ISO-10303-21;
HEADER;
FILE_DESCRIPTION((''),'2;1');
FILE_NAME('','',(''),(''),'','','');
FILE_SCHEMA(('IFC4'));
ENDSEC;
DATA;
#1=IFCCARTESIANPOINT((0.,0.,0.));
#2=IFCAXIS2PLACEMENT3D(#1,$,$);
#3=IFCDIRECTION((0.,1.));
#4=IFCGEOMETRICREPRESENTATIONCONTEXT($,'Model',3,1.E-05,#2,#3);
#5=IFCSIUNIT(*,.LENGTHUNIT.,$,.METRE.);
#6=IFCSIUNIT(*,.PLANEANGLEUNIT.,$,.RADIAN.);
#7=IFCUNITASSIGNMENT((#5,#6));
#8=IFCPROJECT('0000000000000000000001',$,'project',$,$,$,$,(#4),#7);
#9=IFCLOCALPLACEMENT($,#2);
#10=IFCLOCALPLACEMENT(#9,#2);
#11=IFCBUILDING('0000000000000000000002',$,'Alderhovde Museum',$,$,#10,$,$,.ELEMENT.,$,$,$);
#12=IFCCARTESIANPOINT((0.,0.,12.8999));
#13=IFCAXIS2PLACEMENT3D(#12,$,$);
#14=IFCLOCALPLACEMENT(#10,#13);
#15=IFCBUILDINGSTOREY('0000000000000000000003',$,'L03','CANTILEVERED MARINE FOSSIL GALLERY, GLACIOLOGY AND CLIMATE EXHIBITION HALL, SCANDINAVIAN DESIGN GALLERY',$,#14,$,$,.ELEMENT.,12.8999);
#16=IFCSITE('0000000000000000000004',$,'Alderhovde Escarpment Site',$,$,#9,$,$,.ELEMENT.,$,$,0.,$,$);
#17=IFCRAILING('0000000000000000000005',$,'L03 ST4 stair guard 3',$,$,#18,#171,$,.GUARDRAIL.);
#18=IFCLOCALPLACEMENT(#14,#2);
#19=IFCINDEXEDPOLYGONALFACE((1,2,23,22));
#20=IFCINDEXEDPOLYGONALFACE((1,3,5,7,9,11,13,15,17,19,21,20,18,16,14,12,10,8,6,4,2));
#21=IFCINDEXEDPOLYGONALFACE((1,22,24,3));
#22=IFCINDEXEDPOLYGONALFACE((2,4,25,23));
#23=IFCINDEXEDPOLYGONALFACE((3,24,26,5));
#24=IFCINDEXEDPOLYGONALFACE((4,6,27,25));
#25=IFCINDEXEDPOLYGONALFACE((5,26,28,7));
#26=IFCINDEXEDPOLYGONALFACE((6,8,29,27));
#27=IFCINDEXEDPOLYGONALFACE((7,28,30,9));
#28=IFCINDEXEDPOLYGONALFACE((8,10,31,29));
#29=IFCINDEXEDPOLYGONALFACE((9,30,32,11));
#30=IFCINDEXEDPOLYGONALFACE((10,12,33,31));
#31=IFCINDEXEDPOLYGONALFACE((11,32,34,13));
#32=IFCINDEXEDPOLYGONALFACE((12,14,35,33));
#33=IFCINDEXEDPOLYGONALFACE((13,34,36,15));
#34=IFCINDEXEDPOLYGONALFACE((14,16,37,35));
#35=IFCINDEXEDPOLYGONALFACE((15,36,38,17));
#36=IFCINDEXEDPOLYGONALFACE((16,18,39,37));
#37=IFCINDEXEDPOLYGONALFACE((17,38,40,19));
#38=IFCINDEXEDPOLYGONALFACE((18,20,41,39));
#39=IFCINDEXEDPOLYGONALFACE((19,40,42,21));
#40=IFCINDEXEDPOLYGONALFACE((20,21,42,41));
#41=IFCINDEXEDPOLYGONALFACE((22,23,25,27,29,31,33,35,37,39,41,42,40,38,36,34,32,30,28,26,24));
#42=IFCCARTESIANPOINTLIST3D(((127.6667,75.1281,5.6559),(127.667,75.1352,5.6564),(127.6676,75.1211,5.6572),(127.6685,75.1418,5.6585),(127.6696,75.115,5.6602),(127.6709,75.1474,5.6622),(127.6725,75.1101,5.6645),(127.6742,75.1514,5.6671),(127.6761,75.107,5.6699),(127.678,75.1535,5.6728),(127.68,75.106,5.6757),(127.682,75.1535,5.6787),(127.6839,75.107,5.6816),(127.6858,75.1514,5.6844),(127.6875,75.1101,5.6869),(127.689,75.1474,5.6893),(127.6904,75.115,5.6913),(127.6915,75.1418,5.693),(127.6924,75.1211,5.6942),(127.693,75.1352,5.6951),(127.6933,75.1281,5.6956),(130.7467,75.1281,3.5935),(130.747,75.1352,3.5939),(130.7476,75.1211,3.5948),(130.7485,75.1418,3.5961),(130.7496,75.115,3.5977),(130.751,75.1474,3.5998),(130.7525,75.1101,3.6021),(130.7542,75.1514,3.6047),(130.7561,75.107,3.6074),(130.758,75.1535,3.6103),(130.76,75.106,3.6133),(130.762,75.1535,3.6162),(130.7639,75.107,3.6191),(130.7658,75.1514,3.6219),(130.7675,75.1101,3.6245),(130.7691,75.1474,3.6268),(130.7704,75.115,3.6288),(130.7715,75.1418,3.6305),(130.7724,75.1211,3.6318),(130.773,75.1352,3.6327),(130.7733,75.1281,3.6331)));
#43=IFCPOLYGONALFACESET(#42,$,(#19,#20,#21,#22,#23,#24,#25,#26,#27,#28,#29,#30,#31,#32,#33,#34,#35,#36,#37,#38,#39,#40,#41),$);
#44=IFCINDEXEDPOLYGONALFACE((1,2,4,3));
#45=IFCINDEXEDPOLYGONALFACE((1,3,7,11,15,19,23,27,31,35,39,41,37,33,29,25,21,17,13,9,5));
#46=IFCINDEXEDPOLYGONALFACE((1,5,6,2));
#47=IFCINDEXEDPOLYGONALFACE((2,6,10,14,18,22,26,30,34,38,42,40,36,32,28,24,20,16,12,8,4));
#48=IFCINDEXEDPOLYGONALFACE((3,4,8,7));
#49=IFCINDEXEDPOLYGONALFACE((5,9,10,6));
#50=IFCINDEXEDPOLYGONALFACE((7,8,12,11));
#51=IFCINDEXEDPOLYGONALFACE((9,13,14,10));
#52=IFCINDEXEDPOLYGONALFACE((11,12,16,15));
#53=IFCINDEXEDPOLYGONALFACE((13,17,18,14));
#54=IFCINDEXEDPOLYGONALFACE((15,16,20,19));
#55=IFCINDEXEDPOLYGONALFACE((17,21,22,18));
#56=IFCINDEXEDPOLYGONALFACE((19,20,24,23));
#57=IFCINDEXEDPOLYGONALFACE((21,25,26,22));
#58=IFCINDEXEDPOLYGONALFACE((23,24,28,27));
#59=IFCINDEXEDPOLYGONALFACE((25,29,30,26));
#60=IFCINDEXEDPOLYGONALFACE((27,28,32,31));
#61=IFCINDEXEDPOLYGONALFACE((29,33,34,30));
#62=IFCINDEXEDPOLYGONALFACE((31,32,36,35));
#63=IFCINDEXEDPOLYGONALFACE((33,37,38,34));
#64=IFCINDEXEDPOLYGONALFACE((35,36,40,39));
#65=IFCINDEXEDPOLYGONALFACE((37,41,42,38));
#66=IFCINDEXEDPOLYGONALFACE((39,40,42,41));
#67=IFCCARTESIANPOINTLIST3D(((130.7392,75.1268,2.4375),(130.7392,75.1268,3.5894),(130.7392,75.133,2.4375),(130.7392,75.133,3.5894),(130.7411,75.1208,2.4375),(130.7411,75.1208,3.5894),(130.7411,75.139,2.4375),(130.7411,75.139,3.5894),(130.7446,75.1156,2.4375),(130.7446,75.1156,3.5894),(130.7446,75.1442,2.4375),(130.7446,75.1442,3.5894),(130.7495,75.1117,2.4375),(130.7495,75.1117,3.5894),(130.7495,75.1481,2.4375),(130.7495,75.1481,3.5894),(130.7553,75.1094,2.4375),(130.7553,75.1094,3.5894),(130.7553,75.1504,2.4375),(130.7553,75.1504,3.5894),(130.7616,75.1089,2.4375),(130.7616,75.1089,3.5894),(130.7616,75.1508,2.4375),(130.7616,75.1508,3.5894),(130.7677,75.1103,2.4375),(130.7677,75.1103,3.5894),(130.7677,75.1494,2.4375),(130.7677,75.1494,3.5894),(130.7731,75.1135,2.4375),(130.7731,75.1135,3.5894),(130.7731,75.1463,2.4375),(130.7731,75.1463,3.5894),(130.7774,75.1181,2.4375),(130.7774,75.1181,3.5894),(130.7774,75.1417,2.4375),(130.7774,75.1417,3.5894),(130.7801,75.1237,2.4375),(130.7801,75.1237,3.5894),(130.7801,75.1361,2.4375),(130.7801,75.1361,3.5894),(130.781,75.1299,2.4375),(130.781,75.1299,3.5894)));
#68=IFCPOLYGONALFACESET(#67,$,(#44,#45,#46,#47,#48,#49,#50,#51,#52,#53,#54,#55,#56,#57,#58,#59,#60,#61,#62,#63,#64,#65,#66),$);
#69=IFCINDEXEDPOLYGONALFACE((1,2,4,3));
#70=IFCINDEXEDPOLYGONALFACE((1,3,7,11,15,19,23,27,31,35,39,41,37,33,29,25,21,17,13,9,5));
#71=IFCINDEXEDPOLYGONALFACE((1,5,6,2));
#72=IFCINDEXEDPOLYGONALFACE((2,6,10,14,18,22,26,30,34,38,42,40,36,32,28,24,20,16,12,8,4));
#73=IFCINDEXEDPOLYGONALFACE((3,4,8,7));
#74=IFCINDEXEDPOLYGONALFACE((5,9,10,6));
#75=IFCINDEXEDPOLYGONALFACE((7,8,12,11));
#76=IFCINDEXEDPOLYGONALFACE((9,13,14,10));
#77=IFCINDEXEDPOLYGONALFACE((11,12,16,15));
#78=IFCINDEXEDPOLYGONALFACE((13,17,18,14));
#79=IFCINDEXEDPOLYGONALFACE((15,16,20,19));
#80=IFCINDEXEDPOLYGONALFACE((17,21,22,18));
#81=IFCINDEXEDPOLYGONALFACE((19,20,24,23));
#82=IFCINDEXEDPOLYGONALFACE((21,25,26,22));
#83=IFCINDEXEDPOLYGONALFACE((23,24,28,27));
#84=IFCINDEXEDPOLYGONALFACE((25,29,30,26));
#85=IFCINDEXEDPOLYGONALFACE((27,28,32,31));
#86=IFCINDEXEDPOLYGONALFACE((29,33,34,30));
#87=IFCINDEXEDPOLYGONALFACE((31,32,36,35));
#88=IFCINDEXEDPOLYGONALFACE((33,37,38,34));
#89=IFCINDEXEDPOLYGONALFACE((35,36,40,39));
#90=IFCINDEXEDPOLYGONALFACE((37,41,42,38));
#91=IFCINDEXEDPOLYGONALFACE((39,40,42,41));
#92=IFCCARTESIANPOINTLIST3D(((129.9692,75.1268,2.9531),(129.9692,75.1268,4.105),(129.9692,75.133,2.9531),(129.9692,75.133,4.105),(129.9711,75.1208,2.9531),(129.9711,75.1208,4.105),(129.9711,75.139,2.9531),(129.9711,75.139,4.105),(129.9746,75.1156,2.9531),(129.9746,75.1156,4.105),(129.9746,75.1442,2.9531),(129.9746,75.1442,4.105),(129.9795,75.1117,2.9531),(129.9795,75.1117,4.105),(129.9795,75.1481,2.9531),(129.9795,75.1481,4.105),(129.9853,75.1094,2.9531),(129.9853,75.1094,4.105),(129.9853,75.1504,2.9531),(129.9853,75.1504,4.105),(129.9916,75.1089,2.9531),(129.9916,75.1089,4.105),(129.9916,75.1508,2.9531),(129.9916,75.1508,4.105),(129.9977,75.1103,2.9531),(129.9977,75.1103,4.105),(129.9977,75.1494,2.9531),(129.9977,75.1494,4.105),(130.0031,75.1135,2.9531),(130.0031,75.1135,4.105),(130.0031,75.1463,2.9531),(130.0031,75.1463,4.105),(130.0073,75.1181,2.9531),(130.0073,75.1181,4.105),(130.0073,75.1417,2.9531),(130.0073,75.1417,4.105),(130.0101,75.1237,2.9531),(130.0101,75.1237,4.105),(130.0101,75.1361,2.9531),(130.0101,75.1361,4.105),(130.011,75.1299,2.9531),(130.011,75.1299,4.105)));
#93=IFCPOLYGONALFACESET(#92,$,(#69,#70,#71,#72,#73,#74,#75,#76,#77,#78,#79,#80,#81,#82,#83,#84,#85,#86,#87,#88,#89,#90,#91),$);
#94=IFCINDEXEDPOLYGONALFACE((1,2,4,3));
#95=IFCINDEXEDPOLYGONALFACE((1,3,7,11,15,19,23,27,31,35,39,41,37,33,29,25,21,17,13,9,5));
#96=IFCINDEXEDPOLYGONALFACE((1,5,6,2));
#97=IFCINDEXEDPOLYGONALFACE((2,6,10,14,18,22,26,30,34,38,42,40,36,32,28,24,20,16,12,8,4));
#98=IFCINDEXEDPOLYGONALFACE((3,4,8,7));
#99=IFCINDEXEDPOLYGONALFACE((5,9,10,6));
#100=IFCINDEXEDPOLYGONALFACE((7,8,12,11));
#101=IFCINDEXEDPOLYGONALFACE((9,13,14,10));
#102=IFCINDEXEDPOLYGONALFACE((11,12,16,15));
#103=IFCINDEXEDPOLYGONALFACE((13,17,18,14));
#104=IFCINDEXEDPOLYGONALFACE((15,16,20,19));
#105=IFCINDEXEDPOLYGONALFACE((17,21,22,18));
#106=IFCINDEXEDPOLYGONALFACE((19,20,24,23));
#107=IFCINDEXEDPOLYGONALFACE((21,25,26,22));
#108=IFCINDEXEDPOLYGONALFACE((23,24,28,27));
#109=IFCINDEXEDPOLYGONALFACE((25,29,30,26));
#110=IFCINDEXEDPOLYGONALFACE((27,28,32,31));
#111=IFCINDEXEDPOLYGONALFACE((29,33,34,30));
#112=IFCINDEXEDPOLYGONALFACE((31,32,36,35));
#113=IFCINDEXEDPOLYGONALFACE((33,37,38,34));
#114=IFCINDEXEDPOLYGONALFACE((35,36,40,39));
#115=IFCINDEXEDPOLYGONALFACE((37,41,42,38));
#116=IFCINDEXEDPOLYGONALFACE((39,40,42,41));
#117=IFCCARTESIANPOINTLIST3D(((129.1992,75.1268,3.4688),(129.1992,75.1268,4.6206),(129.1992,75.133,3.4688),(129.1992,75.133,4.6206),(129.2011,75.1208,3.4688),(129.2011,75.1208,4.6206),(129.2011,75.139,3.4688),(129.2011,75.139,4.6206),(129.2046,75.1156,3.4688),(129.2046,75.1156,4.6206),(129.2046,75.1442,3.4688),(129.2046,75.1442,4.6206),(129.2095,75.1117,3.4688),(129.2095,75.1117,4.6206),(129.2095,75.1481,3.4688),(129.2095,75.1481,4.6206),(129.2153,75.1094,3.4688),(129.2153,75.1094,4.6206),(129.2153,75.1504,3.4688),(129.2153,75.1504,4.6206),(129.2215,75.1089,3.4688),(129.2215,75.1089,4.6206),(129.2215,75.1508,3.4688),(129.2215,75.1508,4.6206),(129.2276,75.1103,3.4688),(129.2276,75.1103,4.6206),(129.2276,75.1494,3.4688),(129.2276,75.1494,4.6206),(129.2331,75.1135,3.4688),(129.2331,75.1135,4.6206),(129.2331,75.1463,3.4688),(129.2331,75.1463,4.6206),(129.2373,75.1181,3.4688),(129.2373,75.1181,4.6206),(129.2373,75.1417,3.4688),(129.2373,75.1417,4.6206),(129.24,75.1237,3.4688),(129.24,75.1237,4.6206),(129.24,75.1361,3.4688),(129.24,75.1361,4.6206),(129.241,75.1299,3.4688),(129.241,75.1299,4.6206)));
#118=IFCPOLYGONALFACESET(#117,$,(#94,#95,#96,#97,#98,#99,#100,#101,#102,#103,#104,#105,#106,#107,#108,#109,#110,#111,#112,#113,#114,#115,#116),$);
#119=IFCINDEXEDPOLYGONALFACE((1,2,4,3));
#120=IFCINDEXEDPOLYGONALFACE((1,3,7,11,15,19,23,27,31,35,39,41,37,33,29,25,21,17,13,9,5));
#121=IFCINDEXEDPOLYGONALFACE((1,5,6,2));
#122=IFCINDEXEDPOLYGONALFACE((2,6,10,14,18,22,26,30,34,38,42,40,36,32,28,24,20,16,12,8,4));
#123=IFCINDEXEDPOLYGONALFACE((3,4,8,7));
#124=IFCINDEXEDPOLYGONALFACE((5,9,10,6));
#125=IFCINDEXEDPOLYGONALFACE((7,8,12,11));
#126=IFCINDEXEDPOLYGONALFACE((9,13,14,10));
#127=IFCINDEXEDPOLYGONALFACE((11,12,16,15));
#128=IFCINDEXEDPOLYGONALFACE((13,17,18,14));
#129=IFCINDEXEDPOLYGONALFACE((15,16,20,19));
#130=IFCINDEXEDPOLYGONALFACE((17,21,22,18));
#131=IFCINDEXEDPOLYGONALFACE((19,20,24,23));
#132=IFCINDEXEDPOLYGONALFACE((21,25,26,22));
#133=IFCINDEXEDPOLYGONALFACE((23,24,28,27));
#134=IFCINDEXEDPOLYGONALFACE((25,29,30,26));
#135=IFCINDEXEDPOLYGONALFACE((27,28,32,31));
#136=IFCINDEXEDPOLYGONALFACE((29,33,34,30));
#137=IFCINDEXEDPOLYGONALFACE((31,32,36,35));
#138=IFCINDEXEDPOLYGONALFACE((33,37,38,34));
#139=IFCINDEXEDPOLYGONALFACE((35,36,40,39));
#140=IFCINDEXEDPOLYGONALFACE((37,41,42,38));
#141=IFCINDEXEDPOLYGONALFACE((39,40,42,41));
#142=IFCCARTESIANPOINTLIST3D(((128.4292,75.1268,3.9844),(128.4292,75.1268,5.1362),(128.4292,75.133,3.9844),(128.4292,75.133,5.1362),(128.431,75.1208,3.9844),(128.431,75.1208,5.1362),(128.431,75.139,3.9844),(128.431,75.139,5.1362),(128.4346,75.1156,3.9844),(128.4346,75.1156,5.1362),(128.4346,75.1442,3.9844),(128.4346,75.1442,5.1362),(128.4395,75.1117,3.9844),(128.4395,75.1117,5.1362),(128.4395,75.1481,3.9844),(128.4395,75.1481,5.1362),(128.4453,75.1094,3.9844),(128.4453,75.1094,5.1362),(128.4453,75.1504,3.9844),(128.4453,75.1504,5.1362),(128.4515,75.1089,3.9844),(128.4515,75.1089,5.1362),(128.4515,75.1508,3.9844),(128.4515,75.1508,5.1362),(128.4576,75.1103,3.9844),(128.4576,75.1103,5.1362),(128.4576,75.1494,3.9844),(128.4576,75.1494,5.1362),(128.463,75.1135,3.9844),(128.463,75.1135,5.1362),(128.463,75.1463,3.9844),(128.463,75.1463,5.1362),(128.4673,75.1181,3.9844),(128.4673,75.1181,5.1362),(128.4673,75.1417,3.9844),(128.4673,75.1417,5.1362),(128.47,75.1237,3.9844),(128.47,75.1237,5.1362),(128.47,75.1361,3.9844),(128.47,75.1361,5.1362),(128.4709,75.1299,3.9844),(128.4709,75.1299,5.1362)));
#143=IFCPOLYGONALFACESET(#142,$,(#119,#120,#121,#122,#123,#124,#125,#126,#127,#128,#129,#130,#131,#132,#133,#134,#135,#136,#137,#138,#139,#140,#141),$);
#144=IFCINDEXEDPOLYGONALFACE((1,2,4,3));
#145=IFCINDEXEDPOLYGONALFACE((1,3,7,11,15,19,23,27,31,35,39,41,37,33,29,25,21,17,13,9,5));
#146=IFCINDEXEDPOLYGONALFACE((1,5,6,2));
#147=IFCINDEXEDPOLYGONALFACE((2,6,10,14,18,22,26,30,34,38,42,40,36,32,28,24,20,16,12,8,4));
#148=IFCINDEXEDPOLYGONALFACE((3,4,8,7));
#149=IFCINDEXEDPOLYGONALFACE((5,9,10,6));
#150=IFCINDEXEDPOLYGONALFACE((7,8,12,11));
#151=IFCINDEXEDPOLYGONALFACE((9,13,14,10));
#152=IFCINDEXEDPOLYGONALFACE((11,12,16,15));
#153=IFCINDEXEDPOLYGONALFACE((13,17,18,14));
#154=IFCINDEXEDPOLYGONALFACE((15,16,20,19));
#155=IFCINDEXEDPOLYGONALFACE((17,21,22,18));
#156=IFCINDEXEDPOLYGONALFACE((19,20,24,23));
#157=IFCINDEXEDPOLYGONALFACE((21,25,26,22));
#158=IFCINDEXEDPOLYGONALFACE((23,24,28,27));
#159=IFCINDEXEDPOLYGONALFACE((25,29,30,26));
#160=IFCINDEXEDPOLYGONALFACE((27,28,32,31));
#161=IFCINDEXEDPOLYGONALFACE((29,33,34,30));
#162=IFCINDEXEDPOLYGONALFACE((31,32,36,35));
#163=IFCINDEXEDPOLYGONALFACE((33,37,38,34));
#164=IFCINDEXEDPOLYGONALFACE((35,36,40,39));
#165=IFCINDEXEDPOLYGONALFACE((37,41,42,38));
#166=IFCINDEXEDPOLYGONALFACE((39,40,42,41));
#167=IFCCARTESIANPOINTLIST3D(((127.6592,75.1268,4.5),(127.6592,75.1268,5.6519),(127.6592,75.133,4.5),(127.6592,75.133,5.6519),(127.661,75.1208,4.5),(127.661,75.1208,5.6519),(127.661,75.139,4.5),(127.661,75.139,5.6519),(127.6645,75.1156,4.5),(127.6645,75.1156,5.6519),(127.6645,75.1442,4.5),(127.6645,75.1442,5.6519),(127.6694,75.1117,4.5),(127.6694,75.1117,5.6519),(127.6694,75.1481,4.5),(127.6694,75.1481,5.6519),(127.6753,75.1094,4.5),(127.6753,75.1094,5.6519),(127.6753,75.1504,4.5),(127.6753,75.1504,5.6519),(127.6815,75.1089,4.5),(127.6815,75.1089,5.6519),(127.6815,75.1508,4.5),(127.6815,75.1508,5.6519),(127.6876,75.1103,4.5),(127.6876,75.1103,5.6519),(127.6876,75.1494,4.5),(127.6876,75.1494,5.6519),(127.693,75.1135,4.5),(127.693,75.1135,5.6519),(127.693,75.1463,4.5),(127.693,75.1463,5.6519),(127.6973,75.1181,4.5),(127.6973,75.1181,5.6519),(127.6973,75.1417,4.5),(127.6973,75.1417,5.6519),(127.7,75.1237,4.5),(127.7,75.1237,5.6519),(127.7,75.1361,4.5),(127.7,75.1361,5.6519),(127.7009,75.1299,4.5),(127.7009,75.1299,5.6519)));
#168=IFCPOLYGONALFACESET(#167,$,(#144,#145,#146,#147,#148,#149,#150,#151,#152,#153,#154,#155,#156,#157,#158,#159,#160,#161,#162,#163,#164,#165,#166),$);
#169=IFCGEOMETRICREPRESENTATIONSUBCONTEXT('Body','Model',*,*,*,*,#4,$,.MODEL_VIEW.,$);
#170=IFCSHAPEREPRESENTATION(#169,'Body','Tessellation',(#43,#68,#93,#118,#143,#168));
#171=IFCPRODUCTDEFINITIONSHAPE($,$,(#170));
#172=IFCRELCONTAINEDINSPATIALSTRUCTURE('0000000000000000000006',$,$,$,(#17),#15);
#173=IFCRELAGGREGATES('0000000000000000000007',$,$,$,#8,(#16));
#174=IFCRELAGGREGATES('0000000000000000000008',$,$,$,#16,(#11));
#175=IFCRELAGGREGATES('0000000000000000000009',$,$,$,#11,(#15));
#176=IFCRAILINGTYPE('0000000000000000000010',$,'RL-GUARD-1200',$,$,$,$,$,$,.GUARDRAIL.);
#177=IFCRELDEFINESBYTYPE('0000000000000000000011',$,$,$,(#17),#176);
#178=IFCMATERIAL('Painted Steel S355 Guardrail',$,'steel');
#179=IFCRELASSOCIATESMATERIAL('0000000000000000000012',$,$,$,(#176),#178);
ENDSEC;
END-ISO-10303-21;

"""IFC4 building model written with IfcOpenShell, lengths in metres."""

from ifc_helpers import new_model, si_unit, direction, frame, origin, origin_2d, place, context, subcontext, project, spatial, circle, extrude, material, type_object, element, save


model = new_model("IFC4")

# Units and contexts
model_context = context("Model", 3, precision=1e-05, world=origin(), true_north=direction((0.0, 1.0)))
body_context = subcontext(model_context, "Body", "Model", "MODEL_VIEW")
ifc_project = project(units=[si_unit("LENGTHUNIT", "METRE"), si_unit("PLANEANGLEUNIT", "RADIAN")], contexts=[model_context])

# Site, building, storey
site_placement = place(None, origin())
site = spatial("IfcSite", under=ifc_project, at=site_placement, Name="Alderhovde Escarpment Site", CompositionType="ELEMENT", RefElevation=0.0)
building_placement = place(site_placement, origin())
building = spatial("IfcBuilding", under=site, at=building_placement, Name="Alderhovde Museum", CompositionType="ELEMENT")
storey_placement = place(building_placement, frame((0.0, 0.0, 12.8999)))
storey = spatial("IfcBuildingStorey", under=building, at=storey_placement, Name="L03", Description="CANTILEVERED MARINE FOSSIL GALLERY, GLACIOLOGY AND CLIMATE EXHIBITION HALL, SCANDINAVIAN DESIGN GALLERY", CompositionType="ELEMENT", Elevation=12.8999)

# Railing
ifc_material_1 = material(Name="Painted Steel S355 Guardrail", Category="steel")
railing_type_1 = type_object("IfcRailingType", Name="RL-GUARD-1200", PredefinedType="GUARDRAIL", material=ifc_material_1)
railing_1_placement = place(storey_placement, frame((130.76, 75.1299, 2.4375)))
element("IfcRailing", 1, at=railing_1_placement, inside=storey, type_object=railing_type_1, Name="L03 ST4 stair guard 3", PredefinedType="GUARDRAIL", context=body_context, shape_type="SweptSolid", body=[
    extrude(circle(Radius=0.0239, at=origin_2d()), frame((0.0, 0.0, 1.1758), z_axis=(-0.830914, 0.0, 0.556401), x_axis=(0.0, -1.0, 0.0)), (0.0, 0.0, 1.0), 3.7068),
    extrude(circle(Radius=0.021, at=origin_2d()), origin(), (0.0, 0.0, 1.0), 1.1519),
    extrude(circle(Radius=0.021, at=origin_2d()), frame((-0.77, 0.0, 0.5156)), (0.0, 0.0, 1.0), 1.1519),
    extrude(circle(Radius=0.021, at=origin_2d()), frame((-1.54, 0.0, 1.0312)), (0.0, 0.0, 1.0), 1.1519),
    extrude(circle(Radius=0.021, at=origin_2d()), frame((-2.3101, 0.0, 1.5469)), (0.0, 0.0, 1.0), 1.1519),
    extrude(circle(Radius=0.021, at=origin_2d()), frame((-3.0801, 0.0, 2.0625)), (0.0, 0.0, 1.0), 1.1519),
])

save(model, "model.ifc")
